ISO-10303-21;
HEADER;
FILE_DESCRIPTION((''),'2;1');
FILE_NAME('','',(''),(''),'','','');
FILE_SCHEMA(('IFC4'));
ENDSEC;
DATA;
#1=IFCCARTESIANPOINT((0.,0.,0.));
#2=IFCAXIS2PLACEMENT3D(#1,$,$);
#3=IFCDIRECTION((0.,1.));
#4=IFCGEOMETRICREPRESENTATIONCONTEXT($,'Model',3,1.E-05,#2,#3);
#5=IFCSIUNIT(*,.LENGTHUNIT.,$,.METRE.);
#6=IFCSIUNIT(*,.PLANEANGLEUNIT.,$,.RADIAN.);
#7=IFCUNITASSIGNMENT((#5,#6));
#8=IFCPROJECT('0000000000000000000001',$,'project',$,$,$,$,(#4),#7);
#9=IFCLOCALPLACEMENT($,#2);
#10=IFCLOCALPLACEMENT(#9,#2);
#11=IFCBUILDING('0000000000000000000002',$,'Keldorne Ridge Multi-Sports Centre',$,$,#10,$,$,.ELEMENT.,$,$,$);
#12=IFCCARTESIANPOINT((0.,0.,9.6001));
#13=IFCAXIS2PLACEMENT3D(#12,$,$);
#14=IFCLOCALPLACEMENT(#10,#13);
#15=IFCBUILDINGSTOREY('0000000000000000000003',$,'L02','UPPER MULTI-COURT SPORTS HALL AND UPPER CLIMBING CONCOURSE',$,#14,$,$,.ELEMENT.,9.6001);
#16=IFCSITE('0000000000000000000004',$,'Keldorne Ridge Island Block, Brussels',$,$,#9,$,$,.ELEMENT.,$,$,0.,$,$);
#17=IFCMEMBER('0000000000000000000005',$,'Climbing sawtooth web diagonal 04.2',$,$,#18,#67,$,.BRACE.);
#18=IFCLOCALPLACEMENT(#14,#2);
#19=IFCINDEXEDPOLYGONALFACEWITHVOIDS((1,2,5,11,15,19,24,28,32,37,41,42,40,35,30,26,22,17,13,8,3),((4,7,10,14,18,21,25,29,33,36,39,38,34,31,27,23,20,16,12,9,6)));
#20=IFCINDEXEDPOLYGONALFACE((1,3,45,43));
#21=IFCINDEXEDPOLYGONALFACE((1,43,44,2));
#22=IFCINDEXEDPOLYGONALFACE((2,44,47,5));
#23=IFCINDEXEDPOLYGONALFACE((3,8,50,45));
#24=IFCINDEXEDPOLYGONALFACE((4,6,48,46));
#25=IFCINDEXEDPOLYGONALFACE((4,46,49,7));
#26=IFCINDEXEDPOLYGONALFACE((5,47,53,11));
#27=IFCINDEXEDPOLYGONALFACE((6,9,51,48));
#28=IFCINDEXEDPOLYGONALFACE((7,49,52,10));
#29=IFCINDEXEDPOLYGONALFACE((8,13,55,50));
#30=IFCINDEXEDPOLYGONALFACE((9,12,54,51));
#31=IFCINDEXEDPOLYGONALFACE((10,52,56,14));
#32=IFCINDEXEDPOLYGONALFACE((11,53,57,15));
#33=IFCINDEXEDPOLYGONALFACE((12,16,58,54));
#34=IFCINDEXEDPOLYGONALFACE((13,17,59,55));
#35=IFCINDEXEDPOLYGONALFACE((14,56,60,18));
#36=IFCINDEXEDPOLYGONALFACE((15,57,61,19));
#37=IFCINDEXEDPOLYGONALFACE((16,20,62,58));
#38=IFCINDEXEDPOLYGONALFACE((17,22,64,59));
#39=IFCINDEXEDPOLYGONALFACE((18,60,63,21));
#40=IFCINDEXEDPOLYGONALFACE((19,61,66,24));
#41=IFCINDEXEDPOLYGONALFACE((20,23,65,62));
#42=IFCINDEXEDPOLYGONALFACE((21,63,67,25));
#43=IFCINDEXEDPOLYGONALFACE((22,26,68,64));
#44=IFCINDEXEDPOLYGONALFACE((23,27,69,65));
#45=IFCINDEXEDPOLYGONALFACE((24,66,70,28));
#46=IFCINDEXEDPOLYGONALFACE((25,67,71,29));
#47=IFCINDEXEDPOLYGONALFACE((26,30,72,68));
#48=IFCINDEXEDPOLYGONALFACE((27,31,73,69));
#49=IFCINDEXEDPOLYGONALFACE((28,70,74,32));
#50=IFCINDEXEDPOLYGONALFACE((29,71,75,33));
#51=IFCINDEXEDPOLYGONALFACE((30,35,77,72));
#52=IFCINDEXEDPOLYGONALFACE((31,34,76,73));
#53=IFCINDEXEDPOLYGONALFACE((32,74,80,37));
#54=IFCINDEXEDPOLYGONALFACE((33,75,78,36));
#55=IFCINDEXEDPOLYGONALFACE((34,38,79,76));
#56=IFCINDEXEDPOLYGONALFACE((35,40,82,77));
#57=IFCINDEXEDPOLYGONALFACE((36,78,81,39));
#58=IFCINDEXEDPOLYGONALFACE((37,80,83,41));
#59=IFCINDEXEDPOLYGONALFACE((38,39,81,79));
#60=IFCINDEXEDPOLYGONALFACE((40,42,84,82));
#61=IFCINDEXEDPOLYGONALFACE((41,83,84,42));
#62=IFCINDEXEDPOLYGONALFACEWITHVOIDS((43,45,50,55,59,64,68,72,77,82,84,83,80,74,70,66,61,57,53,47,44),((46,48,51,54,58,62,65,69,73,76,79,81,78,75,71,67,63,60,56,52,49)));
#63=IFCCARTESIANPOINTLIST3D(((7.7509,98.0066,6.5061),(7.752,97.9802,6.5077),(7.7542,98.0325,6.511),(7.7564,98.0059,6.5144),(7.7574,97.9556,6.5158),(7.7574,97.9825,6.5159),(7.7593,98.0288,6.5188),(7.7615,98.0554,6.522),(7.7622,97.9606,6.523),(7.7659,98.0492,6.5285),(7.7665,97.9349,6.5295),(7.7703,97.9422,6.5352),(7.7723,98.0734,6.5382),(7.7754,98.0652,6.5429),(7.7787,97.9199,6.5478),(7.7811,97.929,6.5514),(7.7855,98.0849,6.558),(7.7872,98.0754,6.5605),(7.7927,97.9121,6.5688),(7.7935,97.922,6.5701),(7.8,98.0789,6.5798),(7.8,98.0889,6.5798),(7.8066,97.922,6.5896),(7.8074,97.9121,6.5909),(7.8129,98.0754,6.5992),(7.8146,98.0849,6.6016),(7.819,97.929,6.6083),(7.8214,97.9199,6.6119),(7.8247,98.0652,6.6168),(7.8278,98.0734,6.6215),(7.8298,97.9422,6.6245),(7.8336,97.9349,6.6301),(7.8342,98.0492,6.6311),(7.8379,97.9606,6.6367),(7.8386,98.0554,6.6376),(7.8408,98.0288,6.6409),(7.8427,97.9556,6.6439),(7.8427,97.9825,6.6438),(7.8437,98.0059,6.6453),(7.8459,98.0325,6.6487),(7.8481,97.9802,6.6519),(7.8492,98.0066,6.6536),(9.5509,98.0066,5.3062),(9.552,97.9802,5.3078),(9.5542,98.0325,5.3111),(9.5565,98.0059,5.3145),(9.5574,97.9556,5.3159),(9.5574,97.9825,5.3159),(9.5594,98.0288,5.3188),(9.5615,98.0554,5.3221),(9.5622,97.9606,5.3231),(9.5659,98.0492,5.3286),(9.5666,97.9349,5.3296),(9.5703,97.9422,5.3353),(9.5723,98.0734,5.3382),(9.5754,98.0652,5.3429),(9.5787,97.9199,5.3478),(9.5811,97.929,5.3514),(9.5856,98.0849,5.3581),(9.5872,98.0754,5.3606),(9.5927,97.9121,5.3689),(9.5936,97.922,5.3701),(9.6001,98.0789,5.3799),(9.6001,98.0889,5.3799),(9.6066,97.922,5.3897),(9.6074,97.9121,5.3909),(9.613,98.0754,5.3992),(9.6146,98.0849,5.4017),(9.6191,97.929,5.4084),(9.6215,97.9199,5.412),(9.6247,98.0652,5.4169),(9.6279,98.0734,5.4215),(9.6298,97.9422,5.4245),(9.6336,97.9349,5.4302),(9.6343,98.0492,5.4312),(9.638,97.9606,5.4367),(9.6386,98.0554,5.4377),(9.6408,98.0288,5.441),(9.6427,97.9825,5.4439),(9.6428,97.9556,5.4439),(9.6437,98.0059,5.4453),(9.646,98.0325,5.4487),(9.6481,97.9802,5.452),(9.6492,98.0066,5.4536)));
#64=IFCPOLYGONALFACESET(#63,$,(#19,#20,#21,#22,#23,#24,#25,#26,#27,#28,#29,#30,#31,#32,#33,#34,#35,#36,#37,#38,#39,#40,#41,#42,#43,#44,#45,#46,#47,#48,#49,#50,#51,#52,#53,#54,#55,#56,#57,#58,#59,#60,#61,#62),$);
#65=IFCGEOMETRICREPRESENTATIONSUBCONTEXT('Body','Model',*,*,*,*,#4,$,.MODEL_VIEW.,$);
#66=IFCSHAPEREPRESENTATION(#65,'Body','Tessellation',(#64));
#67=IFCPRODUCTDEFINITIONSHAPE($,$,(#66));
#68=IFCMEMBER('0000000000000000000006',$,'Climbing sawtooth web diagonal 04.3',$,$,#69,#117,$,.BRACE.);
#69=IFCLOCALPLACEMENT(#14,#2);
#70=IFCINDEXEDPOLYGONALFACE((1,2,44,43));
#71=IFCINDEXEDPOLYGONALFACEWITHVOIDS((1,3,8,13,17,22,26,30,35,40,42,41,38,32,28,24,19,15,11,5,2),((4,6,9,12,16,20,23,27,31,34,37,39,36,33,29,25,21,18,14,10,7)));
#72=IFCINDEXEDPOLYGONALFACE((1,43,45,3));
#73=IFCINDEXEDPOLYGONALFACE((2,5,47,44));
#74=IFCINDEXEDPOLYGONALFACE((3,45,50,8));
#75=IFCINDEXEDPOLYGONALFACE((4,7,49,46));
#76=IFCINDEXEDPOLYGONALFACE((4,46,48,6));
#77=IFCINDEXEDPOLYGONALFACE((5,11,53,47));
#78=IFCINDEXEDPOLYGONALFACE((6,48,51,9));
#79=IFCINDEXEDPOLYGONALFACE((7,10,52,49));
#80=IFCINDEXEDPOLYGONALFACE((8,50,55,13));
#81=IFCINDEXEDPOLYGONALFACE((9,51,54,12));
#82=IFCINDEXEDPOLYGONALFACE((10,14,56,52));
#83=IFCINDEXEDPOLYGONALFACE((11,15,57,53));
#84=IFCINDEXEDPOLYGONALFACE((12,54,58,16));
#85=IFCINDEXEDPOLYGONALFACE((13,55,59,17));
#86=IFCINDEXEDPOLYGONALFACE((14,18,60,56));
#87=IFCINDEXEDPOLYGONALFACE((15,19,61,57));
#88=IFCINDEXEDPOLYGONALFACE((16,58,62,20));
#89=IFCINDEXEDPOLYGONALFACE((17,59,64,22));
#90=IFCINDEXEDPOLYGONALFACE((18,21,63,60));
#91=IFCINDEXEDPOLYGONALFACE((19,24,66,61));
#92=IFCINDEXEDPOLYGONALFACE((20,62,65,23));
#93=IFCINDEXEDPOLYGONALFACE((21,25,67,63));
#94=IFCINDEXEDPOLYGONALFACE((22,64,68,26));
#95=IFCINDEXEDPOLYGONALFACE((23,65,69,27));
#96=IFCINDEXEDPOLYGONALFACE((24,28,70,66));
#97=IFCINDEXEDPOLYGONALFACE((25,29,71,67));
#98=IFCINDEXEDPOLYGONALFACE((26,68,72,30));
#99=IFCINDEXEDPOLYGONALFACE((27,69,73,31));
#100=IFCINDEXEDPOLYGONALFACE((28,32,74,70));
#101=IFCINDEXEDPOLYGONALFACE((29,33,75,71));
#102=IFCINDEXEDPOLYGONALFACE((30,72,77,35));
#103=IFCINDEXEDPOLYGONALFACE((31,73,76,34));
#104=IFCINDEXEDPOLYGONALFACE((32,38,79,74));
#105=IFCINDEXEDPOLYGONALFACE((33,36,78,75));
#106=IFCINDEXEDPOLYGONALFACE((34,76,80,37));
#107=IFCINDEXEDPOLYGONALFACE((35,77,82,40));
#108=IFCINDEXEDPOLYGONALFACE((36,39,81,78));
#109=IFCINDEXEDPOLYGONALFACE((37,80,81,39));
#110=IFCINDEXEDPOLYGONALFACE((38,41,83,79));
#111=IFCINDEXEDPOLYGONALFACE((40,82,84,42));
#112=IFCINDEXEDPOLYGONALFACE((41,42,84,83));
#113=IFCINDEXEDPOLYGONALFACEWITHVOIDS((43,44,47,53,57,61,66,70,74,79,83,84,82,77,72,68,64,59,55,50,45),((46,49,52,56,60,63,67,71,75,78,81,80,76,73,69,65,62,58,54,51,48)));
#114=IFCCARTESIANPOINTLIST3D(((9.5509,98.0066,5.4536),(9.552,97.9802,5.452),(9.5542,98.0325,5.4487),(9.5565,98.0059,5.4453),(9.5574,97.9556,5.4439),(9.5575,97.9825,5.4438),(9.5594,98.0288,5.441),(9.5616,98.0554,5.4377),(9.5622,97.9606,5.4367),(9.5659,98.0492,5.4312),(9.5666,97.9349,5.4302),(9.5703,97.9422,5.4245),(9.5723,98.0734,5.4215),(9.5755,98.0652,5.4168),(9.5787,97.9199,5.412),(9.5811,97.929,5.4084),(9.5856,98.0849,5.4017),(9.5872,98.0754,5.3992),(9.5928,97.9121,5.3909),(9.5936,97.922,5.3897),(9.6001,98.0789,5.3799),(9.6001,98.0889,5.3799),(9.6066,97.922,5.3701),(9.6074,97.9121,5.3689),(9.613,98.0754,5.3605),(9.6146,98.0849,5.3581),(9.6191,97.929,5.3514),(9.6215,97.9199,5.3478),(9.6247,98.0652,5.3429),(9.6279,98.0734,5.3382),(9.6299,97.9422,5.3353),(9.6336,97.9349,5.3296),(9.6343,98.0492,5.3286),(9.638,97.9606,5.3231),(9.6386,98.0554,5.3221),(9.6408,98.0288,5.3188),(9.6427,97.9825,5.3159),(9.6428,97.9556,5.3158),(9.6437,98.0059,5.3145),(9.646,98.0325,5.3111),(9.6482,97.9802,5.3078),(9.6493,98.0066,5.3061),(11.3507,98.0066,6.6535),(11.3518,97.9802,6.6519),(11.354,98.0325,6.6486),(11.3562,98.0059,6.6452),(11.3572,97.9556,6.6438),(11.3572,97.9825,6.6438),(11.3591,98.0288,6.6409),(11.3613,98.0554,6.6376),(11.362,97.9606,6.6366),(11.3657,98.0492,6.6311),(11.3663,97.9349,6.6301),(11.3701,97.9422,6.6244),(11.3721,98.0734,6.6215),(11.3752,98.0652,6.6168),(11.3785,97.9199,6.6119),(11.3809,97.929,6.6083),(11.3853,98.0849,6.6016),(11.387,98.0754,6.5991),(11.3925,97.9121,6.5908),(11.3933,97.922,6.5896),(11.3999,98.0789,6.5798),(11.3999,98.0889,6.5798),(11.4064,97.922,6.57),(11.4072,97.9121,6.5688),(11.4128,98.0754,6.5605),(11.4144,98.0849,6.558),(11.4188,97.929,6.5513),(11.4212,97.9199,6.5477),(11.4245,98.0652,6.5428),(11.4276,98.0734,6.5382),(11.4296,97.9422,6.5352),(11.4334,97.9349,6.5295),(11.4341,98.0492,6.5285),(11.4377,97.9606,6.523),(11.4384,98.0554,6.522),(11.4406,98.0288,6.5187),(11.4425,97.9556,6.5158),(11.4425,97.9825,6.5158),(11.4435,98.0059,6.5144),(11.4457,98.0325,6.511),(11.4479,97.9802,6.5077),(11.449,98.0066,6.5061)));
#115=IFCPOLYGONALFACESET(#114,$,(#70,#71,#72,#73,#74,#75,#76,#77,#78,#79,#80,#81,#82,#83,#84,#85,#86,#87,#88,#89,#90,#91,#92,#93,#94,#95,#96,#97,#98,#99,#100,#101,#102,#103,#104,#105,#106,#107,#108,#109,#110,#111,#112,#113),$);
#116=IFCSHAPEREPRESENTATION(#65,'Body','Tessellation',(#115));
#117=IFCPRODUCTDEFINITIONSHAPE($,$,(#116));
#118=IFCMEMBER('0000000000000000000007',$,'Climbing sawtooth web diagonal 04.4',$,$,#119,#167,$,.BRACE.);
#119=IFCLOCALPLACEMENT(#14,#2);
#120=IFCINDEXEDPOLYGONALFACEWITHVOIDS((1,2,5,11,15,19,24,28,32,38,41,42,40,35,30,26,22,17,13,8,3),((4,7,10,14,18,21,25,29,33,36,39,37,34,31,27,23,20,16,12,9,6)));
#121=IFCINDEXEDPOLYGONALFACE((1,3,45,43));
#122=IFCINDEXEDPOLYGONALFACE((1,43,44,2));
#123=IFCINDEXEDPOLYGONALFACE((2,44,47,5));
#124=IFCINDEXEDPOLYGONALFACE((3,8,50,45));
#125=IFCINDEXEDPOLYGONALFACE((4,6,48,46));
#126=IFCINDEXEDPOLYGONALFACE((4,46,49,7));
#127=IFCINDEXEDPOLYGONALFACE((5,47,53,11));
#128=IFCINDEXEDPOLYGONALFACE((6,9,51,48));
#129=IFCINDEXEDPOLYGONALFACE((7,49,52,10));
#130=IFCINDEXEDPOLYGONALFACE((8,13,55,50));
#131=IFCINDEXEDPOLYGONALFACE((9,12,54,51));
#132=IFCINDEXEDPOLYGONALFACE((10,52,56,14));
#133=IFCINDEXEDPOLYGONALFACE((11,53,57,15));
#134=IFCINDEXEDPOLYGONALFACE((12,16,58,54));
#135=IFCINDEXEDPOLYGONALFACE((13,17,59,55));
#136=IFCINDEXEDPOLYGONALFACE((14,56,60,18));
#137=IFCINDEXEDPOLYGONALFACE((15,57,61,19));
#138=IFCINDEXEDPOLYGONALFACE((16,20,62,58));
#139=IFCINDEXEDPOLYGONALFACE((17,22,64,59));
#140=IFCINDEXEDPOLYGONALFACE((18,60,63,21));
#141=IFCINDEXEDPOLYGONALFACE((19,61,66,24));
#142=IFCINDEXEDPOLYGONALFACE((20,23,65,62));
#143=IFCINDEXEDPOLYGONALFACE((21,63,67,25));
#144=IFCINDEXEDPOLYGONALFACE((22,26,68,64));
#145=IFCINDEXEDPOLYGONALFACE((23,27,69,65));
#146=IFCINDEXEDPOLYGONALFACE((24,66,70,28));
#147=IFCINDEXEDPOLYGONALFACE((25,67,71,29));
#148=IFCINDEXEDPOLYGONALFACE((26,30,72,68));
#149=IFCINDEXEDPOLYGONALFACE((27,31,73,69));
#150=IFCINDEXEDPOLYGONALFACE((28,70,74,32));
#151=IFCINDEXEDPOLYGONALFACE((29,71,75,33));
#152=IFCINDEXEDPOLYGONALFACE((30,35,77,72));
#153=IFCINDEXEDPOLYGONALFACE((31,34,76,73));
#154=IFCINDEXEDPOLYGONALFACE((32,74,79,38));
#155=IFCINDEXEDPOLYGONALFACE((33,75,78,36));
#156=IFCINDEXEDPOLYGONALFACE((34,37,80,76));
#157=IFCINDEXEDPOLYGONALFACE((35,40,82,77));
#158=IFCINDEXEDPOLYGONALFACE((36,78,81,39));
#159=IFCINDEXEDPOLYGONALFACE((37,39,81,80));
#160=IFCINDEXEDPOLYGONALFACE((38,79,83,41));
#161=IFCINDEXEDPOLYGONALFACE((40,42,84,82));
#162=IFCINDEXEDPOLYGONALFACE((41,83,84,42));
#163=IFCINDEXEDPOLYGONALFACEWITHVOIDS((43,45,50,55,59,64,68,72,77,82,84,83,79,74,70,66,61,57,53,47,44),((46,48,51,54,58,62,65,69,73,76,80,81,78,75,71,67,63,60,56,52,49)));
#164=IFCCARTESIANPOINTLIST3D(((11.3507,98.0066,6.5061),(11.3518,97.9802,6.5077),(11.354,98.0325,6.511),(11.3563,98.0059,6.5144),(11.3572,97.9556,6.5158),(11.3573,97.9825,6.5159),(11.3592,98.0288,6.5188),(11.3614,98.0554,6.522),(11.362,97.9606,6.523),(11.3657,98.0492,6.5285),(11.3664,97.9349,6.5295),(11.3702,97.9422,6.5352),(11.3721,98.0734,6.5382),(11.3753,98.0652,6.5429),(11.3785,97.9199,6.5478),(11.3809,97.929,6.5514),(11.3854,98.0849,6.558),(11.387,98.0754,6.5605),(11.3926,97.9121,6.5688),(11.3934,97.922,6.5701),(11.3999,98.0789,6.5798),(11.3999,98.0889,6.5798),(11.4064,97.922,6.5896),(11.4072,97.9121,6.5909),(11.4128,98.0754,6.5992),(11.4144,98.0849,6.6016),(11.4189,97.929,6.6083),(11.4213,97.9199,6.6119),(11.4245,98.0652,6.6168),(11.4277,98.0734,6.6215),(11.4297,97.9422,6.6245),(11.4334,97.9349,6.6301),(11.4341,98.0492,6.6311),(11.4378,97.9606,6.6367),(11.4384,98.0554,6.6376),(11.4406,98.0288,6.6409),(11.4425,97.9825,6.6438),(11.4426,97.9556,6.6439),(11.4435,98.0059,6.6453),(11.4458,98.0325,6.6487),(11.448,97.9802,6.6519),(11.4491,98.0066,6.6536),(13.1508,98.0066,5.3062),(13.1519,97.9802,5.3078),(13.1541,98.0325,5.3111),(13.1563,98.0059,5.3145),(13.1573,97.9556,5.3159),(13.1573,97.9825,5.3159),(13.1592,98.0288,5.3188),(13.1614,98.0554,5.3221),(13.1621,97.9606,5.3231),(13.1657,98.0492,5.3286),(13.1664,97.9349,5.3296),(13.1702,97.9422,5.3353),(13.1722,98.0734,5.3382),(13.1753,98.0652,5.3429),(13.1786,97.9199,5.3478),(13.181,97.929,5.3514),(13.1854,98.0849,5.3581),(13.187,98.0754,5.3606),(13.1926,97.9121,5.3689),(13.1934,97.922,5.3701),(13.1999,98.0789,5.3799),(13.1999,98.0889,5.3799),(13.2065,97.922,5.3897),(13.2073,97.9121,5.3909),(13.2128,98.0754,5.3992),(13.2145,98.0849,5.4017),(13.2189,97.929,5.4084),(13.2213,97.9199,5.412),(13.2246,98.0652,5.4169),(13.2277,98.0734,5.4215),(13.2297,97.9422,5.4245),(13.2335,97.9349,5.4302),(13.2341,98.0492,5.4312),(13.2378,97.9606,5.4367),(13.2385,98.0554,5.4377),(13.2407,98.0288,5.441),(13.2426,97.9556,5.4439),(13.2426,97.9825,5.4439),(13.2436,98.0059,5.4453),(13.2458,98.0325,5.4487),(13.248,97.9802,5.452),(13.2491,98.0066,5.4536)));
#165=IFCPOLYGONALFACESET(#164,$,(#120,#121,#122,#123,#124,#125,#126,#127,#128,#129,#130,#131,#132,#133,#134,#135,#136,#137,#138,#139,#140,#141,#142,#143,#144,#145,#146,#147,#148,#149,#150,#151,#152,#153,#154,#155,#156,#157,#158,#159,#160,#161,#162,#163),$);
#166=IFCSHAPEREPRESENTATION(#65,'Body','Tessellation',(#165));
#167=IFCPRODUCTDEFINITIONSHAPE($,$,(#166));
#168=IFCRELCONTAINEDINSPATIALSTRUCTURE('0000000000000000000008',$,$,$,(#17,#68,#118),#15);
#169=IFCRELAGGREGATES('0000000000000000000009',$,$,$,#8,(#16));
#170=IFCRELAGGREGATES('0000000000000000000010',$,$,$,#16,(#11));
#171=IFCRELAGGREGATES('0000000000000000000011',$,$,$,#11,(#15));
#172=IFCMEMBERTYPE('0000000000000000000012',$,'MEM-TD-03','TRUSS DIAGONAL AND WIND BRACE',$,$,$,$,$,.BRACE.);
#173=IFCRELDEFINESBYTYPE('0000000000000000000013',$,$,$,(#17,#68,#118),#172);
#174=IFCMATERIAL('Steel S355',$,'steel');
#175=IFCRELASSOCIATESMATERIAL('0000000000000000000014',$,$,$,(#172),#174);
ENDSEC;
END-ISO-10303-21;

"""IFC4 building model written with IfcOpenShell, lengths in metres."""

from ifc_helpers import new_model, si_unit, direction, frame, origin, origin_2d, place, context, subcontext, project, spatial, hollow_circle, extrude, material, material_profile, profile_set, type_object, element, save


model = new_model("IFC4")

# Units and contexts
model_context = context("Model", 3, precision=1e-05, world=origin(), true_north=direction((0.0, 1.0)))
body_context = subcontext(model_context, "Body", "Model", "MODEL_VIEW")
ifc_project = project(units=[si_unit("LENGTHUNIT", "METRE"), si_unit("PLANEANGLEUNIT", "RADIAN")], contexts=[model_context])

# Site, building, storey
site_placement = place(None, origin())
site = spatial("IfcSite", under=ifc_project, at=site_placement, Name="Keldorne Ridge Island Block, Brussels", CompositionType="ELEMENT", RefElevation=0.0)
building_placement = place(site_placement, origin())
building = spatial("IfcBuilding", under=site, at=building_placement, Name="Keldorne Ridge Multi-Sports Centre", CompositionType="ELEMENT")
storey_placement = place(building_placement, frame((0.0, 0.0, 9.6001)))
storey = spatial("IfcBuildingStorey", under=building, at=storey_placement, Name="L02", Description="UPPER MULTI-COURT SPORTS HALL AND UPPER CLIMBING CONCOURSE", CompositionType="ELEMENT", Elevation=9.6001)

# Shared definitions
ifc_material_1 = material(Name="Steel S355", Category="steel")

# Members
ifc_material_profile_1 = material_profile(ifc_material_1, hollow_circle(Radius=0.0889, WallThickness=0.01, at=origin_2d()), Name="CHS 177.8x10")
ifc_profile_set_1 = profile_set([ifc_material_profile_1], Name="Steel S355")
member_type_1 = type_object("IfcMemberType", Name="MEM-TD-03", Description="TRUSS DIAGONAL AND WIND BRACE", PredefinedType="BRACE", material=ifc_profile_set_1)
for number, where, z_axis, x_axis, name in (
    (1, (7.8, 98.0, 6.5798), (0.832068, 0.0, -0.554674), (0.0, 1.0, 0.0), "Climbing sawtooth web diagonal 04.2"),
):
    element("IfcMember", number, at=place(storey_placement, frame(where, z_axis=z_axis, x_axis=x_axis)), inside=storey, type_object=member_type_1, Name=name, PredefinedType="BRACE", context=body_context, shape_type="SweptSolid", body=[
        extrude(hollow_circle(Radius=0.0889, WallThickness=0.01, at=origin_2d()), origin(), (0.0, 0.0, 1.0), 2.1633),
    ])
member_1_placement = place(storey_placement, frame((9.6001, 98.0, 5.3799), z_axis=(0.832033, 0.0, 0.554726), x_axis=(0.0, 1.0, 0.0)))
element("IfcMember", 2, at=member_1_placement, inside=storey, type_object=member_type_1, Name="Climbing sawtooth web diagonal 04.3", PredefinedType="BRACE", context=body_context, shape_type="SweptSolid", body=[
    extrude(hollow_circle(Radius=0.0889, WallThickness=0.01, at=origin_2d()), origin(), (0.0, 0.0, 1.0), 2.1631),
])
member_2_placement = place(storey_placement, frame((11.3999, 98.0, 6.5798), z_axis=(0.832068, 0.0, -0.554674), x_axis=(0.0, 1.0, 0.0)))
element("IfcMember", 3, at=member_2_placement, inside=storey, type_object=member_type_1, Name="Climbing sawtooth web diagonal 04.4", PredefinedType="BRACE", context=body_context, shape_type="SweptSolid", body=[
    extrude(hollow_circle(Radius=0.0889, WallThickness=0.01, at=origin_2d()), origin(), (0.0, 0.0, 1.0), 2.1633),
])

save(model, "model.ifc")
